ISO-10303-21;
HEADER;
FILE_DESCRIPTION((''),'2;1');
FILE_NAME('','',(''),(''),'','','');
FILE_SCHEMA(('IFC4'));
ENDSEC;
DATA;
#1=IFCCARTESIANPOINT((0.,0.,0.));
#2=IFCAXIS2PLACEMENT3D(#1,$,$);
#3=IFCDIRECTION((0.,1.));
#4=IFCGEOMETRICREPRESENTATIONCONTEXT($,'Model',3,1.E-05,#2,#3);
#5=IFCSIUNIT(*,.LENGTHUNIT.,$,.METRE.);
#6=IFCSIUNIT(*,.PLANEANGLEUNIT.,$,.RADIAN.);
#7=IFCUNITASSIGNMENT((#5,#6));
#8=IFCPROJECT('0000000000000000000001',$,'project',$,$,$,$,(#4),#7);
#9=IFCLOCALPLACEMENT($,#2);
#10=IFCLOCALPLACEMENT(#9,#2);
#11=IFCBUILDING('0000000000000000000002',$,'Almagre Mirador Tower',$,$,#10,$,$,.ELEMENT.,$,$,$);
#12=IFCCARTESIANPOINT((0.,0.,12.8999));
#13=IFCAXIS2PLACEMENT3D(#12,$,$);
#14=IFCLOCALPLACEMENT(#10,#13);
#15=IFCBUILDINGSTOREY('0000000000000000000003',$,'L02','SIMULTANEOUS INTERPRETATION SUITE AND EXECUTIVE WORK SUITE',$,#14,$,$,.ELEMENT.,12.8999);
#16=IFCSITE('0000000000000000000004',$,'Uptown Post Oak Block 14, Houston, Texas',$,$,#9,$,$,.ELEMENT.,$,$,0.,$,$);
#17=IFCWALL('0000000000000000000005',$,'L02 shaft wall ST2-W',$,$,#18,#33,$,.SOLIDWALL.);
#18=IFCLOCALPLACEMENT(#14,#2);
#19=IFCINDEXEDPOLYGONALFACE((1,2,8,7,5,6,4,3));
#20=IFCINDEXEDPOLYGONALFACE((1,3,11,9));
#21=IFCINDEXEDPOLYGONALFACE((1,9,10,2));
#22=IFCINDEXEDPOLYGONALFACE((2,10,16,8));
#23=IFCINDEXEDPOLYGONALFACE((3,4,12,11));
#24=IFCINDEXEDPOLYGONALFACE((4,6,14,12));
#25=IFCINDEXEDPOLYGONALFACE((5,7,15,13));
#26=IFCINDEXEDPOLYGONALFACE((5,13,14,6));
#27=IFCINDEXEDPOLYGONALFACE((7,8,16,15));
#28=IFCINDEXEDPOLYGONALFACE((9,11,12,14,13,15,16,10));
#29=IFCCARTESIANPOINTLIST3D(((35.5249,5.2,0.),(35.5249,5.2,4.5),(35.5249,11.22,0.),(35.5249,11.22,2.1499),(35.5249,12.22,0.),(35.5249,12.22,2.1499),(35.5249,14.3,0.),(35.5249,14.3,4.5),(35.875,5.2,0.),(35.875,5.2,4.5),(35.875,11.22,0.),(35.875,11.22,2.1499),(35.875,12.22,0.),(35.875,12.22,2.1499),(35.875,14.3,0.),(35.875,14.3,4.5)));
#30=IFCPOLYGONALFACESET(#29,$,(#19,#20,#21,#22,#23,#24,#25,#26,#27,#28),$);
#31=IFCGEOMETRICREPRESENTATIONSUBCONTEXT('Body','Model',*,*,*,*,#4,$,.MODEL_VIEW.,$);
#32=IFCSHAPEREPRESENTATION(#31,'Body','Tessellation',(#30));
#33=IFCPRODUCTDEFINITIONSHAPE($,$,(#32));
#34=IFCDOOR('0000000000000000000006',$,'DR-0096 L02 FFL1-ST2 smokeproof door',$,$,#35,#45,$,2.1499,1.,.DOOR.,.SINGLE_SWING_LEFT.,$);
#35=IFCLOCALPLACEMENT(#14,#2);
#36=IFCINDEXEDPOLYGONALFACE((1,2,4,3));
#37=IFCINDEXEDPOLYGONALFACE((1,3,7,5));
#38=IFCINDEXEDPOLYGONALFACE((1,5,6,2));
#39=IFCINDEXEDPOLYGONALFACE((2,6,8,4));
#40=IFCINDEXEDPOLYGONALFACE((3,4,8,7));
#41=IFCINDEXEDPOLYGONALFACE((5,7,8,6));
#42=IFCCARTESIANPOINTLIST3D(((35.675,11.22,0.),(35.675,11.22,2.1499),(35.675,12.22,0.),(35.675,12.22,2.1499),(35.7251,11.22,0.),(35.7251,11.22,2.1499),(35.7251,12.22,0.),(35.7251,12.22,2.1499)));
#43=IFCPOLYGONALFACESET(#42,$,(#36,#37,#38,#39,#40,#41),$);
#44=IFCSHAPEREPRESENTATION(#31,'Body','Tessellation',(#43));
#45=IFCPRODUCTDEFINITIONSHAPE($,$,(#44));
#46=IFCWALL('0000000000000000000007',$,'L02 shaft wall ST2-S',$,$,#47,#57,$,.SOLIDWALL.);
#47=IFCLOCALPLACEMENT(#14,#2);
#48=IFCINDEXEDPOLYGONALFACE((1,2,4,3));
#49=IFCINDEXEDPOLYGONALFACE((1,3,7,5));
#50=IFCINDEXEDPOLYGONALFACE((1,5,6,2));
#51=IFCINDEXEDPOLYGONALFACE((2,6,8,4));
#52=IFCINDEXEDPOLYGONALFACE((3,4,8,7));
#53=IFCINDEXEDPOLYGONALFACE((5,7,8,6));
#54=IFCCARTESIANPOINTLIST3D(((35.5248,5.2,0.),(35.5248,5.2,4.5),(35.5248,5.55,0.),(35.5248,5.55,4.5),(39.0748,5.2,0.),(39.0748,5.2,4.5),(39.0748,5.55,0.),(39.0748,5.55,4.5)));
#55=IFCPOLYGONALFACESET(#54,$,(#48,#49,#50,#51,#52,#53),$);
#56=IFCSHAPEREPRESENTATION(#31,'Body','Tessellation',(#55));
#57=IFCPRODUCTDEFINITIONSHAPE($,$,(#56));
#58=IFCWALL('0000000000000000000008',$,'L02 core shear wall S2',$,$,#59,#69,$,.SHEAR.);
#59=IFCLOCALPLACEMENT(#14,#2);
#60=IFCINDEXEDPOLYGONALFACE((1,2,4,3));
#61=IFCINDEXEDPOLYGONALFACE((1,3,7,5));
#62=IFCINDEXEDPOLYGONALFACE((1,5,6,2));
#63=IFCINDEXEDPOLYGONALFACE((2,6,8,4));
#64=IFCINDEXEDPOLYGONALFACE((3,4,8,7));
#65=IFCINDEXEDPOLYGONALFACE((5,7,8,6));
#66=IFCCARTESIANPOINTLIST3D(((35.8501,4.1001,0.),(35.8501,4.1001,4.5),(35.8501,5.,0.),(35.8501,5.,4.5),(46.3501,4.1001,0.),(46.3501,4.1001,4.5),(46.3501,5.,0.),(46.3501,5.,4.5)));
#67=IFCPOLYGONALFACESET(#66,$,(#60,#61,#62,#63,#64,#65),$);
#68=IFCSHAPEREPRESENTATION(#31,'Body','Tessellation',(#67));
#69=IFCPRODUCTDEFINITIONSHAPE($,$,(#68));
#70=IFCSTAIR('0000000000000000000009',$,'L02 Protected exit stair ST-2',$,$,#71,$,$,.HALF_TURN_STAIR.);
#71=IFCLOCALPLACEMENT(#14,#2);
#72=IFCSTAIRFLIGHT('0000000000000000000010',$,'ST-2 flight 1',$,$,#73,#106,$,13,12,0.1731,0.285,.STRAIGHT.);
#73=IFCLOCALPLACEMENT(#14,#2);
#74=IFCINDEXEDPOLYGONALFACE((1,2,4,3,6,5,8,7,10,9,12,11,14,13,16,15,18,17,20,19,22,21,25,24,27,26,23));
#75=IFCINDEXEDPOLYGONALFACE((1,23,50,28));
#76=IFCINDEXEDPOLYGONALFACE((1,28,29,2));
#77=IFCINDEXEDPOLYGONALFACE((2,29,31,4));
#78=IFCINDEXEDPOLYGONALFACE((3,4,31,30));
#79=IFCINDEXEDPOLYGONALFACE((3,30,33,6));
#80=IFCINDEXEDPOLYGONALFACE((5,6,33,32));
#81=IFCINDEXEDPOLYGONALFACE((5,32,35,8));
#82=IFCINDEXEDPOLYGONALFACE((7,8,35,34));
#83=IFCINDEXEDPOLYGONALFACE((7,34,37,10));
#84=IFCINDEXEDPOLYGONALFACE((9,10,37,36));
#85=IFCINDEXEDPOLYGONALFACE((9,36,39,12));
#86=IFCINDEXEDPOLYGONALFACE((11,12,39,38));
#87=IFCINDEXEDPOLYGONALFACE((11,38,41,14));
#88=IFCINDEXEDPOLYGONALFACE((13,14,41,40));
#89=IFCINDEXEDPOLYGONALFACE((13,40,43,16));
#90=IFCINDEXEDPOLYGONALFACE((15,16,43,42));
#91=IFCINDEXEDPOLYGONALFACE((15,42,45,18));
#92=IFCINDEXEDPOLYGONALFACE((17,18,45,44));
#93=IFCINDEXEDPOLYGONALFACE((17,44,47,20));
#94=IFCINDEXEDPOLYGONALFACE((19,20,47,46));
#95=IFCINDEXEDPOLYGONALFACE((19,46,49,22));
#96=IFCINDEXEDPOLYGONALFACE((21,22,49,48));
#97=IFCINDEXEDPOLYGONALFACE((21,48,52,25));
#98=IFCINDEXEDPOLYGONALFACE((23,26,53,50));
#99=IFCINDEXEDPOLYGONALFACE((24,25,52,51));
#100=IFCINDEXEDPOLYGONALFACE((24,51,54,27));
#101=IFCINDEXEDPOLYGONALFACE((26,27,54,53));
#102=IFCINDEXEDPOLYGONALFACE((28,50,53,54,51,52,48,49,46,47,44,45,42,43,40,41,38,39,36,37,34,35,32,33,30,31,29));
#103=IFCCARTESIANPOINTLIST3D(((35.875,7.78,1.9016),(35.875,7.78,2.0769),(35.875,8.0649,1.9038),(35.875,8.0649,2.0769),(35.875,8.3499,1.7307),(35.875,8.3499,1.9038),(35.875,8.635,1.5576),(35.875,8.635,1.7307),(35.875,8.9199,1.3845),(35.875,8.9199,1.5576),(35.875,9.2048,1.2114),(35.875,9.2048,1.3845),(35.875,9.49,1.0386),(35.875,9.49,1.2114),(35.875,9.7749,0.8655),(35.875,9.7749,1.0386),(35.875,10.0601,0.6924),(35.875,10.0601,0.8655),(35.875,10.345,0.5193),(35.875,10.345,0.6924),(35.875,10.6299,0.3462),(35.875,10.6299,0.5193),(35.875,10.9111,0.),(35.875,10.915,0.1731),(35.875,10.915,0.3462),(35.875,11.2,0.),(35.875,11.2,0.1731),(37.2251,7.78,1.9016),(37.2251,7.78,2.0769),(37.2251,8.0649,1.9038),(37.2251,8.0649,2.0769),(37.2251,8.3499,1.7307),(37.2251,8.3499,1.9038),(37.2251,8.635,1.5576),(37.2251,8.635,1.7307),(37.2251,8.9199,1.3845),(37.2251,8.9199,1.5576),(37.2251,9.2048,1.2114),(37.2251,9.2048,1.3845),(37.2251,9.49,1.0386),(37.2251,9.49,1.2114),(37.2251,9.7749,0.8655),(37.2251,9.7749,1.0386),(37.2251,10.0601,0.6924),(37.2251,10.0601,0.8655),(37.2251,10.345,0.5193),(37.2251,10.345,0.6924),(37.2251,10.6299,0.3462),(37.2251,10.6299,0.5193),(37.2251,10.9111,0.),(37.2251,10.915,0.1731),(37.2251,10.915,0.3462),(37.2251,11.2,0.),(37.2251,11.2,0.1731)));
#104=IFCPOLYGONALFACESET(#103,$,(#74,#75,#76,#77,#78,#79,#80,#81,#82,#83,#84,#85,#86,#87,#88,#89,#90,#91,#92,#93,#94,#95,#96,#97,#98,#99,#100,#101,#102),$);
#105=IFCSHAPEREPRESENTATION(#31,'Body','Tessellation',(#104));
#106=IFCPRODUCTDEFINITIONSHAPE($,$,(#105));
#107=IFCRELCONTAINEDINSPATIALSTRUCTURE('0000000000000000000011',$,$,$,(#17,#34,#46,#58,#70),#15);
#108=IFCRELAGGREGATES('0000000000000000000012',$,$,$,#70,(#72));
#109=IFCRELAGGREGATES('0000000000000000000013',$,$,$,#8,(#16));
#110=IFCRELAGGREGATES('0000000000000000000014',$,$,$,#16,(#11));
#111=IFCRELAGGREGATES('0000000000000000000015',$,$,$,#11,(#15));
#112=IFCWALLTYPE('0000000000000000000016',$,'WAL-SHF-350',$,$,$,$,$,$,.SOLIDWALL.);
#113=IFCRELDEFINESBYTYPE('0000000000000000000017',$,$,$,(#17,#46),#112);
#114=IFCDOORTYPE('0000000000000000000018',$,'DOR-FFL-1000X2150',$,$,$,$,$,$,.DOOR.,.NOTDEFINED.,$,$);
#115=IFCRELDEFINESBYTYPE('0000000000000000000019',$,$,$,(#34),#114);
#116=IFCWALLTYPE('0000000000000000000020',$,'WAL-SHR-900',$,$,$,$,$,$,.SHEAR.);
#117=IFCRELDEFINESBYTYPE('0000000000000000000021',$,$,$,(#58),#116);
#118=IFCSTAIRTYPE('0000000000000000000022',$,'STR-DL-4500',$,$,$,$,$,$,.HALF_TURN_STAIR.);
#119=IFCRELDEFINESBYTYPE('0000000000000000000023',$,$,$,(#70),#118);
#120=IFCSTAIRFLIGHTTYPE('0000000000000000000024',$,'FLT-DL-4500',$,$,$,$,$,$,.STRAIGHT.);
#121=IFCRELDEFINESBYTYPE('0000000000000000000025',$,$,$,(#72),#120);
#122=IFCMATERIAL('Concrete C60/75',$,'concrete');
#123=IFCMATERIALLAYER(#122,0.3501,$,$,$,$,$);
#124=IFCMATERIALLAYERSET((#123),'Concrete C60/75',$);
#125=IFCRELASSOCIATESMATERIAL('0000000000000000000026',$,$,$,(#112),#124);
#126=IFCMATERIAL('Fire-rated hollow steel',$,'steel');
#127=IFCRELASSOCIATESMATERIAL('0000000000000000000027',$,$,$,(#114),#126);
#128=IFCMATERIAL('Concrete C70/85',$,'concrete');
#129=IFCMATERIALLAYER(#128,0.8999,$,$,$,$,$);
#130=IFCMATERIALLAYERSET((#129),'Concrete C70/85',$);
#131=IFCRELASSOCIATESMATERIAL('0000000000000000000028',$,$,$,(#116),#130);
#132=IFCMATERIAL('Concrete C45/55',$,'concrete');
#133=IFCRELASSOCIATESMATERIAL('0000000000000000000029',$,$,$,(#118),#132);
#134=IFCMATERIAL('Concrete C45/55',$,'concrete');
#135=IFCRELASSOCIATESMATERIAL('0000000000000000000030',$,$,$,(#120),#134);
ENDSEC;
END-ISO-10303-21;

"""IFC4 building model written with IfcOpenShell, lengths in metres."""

from ifc_helpers import new_model, si_unit, direction, frame, frame_2d, origin, place, context, subcontext, project, spatial, polyline, rectangle, outline, extrude, material, layer, layer_set, type_object, element, fill, aggregate, save


model = new_model("IFC4")

# Units and contexts
model_context = context("Model", 3, precision=1e-05, world=origin(), true_north=direction((0.0, 1.0)))
body_context = subcontext(model_context, "Body", "Model", "MODEL_VIEW")
ifc_project = project(units=[si_unit("LENGTHUNIT", "METRE"), si_unit("PLANEANGLEUNIT", "RADIAN")], contexts=[model_context])

# Site, building, storey
site_placement = place(None, origin())
site = spatial("IfcSite", under=ifc_project, at=site_placement, Name="Uptown Post Oak Block 14, Houston, Texas", CompositionType="ELEMENT", RefElevation=0.0)
building_placement = place(site_placement, origin())
building = spatial("IfcBuilding", under=site, at=building_placement, Name="Almagre Mirador Tower", CompositionType="ELEMENT")
storey_placement = place(building_placement, frame((0.0, 0.0, 12.8999)))
storey = spatial("IfcBuildingStorey", under=building, at=storey_placement, Name="L02", Description="SIMULTANEOUS INTERPRETATION SUITE AND EXECUTIVE WORK SUITE", CompositionType="ELEMENT", Elevation=12.8999)

# Wall, opening, door
ifc_material_1 = material(Name="Concrete C60/75", Category="concrete")
ifc_layer_1 = layer(ifc_material_1, 0.3501)
ifc_layer_set_1 = layer_set([ifc_layer_1], Name="Concrete C60/75")
wall_type_1 = type_object("IfcWallType", Name="WAL-SHF-350", PredefinedType="SOLIDWALL", material=ifc_layer_set_1)
wall_1_placement = place(storey_placement, frame((35.7, 5.2, 0.0), z_axis=(0.0, 0.0, 1.0), x_axis=(0.0, 1.0, 0.0)))
wall_1 = element("IfcWall", 1, at=wall_1_placement, inside=storey, type_object=wall_type_1, Name="L02 shaft wall ST2-W", PredefinedType="SOLIDWALL", context=body_context, shape_type="SweptSolid", body=[
    extrude(rectangle(XDim=9.1001, YDim=0.3501, at=frame_2d((4.55, 0.0))), origin(), (0.0, 0.0, 1.0), 4.5),
])
opening_1_placement = place(wall_1_placement, frame((6.02, 0.0, 0.0)))
opening_1 = element("IfcOpeningElement", 2, at=opening_1_placement, cuts=wall_1, PredefinedType="OPENING", context=body_context, shape_type="SweptSolid", body=[
    extrude(rectangle(XDim=1.0, YDim=2.1499, at=frame_2d((0.5, 1.075))), frame((0.0, 0.185, 0.0), z_axis=(0.0, -1.0, 0.0), x_axis=(1.0, 0.0, 0.0)), (0.0, 0.0, 1.0), 0.3701),
])
ifc_material_2 = material(Name="Fire-rated hollow steel", Category="steel")
door_type = type_object("IfcDoorType", Name="DOR-FFL-1000X2150", OperationType="NOTDEFINED", PredefinedType="DOOR", material=ifc_material_2)
door_placement = place(opening_1_placement, origin())
door = element("IfcDoor", 3, at=door_placement, inside=storey, type_object=door_type, Name="DR-0096 L02 FFL1-ST2 smokeproof door", OperationType="SINGLE_SWING_LEFT", OverallHeight=2.1499, OverallWidth=1.0, PredefinedType="DOOR", context=body_context, shape_type="SweptSolid", body=[
    extrude(rectangle(XDim=1.0, YDim=2.1499, at=frame_2d((0.5, 1.075))), frame((0.0, 0.0249, 0.0), z_axis=(0.0, -1.0, 0.0), x_axis=(1.0, 0.0, 0.0)), (0.0, 0.0, 1.0), 0.05),
])
fill(opening_1, door)

# Walls
wall_2_placement = place(storey_placement, frame((35.5249, 5.375, 0.0), z_axis=(0.0, 0.0, 1.0), x_axis=(1.0, 0.0, 0.0)))
element("IfcWall", 4, at=wall_2_placement, inside=storey, type_object=wall_type_1, Name="L02 shaft wall ST2-S", PredefinedType="SOLIDWALL", context=body_context, shape_type="SweptSolid", body=[
    extrude(rectangle(XDim=3.55, YDim=0.3501, at=frame_2d((1.7749, 0.0))), origin(), (0.0, 0.0, 1.0), 4.5),
])
ifc_material_3 = material(Name="Concrete C70/85", Category="concrete")
ifc_layer_2 = layer(ifc_material_3, 0.8999)
ifc_layer_set_2 = layer_set([ifc_layer_2], Name="Concrete C70/85")
wall_type_2 = type_object("IfcWallType", Name="WAL-SHR-900", PredefinedType="SHEAR", material=ifc_layer_set_2)
wall_3_placement = place(storey_placement, frame((35.8501, 4.55, 0.0), z_axis=(0.0, 0.0, 1.0), x_axis=(1.0, 0.0, 0.0)))
element("IfcWall", 5, at=wall_3_placement, inside=storey, type_object=wall_type_2, Name="L02 core shear wall S2", PredefinedType="SHEAR", context=body_context, shape_type="SweptSolid", body=[
    extrude(rectangle(XDim=10.5, YDim=0.8999, at=frame_2d((5.25, 0.0))), origin(), (0.0, 0.0, 1.0), 4.5),
])

# Stair, stair flight
ifc_material_4 = material(Name="Concrete C45/55", Category="concrete")
stair_type = type_object("IfcStairType", Name="STR-DL-4500", PredefinedType="HALF_TURN_STAIR", material=ifc_material_4)
stair_placement = place(storey_placement, origin())
stair = element("IfcStair", 6, at=stair_placement, inside=storey, type_object=stair_type, Name="L02 Protected exit stair ST-2", PredefinedType="HALF_TURN_STAIR")
ifc_material_5 = material(Name="Concrete C45/55", Category="concrete")
stair_flight_type = type_object("IfcStairFlightType", Name="FLT-DL-4500", PredefinedType="STRAIGHT", material=ifc_material_5)
stair_flight_placement = place(storey_placement, frame((36.55, 11.2, 0.0), z_axis=(0.0, 0.0, 1.0), x_axis=(0.0, -1.0, 0.0)))
stair_flight = element("IfcStairFlight", 7, at=stair_flight_placement, type_object=stair_flight_type, Name="ST-2 flight 1", NumberOfRisers=13, NumberOfTreads=12, PredefinedType="STRAIGHT", RiserHeight=0.1731, TreadLength=0.285, context=body_context, shape_type="SweptSolid", body=[
    extrude(outline(polyline([(0.0, 0.0), (0.0, 0.1731), (0.2849, 0.1731), (0.2849, 0.3462), (0.5701, 0.3462), (0.5701, 0.5193), (0.855, 0.5193), (0.855, 0.6924), (1.1399, 0.6924), (1.1399, 0.8655), (1.425, 0.8655), (1.425, 1.0386), (1.71, 1.0386), (1.71, 1.2114), (1.9951, 1.2114), (1.9951, 1.3845), (2.28, 1.3845), (2.28, 1.5576), (2.5649, 1.5576), (2.5649, 1.7307), (2.8501, 1.7307), (2.8501, 1.9038), (3.135, 1.9038), (3.135, 2.0769), (3.4199, 2.0769), (3.4199, 2.25), (3.4199, 1.9016), (0.2888, 0.0), (0.0, 0.0)])), frame((0.0, 0.675, 0.0), z_axis=(0.0, -1.0, 0.0), x_axis=(1.0, 0.0, 0.0)), (0.0, 0.0, 1.0), 1.3501),
])
aggregate(stair, [stair_flight])

save(model, "model.ifc")
